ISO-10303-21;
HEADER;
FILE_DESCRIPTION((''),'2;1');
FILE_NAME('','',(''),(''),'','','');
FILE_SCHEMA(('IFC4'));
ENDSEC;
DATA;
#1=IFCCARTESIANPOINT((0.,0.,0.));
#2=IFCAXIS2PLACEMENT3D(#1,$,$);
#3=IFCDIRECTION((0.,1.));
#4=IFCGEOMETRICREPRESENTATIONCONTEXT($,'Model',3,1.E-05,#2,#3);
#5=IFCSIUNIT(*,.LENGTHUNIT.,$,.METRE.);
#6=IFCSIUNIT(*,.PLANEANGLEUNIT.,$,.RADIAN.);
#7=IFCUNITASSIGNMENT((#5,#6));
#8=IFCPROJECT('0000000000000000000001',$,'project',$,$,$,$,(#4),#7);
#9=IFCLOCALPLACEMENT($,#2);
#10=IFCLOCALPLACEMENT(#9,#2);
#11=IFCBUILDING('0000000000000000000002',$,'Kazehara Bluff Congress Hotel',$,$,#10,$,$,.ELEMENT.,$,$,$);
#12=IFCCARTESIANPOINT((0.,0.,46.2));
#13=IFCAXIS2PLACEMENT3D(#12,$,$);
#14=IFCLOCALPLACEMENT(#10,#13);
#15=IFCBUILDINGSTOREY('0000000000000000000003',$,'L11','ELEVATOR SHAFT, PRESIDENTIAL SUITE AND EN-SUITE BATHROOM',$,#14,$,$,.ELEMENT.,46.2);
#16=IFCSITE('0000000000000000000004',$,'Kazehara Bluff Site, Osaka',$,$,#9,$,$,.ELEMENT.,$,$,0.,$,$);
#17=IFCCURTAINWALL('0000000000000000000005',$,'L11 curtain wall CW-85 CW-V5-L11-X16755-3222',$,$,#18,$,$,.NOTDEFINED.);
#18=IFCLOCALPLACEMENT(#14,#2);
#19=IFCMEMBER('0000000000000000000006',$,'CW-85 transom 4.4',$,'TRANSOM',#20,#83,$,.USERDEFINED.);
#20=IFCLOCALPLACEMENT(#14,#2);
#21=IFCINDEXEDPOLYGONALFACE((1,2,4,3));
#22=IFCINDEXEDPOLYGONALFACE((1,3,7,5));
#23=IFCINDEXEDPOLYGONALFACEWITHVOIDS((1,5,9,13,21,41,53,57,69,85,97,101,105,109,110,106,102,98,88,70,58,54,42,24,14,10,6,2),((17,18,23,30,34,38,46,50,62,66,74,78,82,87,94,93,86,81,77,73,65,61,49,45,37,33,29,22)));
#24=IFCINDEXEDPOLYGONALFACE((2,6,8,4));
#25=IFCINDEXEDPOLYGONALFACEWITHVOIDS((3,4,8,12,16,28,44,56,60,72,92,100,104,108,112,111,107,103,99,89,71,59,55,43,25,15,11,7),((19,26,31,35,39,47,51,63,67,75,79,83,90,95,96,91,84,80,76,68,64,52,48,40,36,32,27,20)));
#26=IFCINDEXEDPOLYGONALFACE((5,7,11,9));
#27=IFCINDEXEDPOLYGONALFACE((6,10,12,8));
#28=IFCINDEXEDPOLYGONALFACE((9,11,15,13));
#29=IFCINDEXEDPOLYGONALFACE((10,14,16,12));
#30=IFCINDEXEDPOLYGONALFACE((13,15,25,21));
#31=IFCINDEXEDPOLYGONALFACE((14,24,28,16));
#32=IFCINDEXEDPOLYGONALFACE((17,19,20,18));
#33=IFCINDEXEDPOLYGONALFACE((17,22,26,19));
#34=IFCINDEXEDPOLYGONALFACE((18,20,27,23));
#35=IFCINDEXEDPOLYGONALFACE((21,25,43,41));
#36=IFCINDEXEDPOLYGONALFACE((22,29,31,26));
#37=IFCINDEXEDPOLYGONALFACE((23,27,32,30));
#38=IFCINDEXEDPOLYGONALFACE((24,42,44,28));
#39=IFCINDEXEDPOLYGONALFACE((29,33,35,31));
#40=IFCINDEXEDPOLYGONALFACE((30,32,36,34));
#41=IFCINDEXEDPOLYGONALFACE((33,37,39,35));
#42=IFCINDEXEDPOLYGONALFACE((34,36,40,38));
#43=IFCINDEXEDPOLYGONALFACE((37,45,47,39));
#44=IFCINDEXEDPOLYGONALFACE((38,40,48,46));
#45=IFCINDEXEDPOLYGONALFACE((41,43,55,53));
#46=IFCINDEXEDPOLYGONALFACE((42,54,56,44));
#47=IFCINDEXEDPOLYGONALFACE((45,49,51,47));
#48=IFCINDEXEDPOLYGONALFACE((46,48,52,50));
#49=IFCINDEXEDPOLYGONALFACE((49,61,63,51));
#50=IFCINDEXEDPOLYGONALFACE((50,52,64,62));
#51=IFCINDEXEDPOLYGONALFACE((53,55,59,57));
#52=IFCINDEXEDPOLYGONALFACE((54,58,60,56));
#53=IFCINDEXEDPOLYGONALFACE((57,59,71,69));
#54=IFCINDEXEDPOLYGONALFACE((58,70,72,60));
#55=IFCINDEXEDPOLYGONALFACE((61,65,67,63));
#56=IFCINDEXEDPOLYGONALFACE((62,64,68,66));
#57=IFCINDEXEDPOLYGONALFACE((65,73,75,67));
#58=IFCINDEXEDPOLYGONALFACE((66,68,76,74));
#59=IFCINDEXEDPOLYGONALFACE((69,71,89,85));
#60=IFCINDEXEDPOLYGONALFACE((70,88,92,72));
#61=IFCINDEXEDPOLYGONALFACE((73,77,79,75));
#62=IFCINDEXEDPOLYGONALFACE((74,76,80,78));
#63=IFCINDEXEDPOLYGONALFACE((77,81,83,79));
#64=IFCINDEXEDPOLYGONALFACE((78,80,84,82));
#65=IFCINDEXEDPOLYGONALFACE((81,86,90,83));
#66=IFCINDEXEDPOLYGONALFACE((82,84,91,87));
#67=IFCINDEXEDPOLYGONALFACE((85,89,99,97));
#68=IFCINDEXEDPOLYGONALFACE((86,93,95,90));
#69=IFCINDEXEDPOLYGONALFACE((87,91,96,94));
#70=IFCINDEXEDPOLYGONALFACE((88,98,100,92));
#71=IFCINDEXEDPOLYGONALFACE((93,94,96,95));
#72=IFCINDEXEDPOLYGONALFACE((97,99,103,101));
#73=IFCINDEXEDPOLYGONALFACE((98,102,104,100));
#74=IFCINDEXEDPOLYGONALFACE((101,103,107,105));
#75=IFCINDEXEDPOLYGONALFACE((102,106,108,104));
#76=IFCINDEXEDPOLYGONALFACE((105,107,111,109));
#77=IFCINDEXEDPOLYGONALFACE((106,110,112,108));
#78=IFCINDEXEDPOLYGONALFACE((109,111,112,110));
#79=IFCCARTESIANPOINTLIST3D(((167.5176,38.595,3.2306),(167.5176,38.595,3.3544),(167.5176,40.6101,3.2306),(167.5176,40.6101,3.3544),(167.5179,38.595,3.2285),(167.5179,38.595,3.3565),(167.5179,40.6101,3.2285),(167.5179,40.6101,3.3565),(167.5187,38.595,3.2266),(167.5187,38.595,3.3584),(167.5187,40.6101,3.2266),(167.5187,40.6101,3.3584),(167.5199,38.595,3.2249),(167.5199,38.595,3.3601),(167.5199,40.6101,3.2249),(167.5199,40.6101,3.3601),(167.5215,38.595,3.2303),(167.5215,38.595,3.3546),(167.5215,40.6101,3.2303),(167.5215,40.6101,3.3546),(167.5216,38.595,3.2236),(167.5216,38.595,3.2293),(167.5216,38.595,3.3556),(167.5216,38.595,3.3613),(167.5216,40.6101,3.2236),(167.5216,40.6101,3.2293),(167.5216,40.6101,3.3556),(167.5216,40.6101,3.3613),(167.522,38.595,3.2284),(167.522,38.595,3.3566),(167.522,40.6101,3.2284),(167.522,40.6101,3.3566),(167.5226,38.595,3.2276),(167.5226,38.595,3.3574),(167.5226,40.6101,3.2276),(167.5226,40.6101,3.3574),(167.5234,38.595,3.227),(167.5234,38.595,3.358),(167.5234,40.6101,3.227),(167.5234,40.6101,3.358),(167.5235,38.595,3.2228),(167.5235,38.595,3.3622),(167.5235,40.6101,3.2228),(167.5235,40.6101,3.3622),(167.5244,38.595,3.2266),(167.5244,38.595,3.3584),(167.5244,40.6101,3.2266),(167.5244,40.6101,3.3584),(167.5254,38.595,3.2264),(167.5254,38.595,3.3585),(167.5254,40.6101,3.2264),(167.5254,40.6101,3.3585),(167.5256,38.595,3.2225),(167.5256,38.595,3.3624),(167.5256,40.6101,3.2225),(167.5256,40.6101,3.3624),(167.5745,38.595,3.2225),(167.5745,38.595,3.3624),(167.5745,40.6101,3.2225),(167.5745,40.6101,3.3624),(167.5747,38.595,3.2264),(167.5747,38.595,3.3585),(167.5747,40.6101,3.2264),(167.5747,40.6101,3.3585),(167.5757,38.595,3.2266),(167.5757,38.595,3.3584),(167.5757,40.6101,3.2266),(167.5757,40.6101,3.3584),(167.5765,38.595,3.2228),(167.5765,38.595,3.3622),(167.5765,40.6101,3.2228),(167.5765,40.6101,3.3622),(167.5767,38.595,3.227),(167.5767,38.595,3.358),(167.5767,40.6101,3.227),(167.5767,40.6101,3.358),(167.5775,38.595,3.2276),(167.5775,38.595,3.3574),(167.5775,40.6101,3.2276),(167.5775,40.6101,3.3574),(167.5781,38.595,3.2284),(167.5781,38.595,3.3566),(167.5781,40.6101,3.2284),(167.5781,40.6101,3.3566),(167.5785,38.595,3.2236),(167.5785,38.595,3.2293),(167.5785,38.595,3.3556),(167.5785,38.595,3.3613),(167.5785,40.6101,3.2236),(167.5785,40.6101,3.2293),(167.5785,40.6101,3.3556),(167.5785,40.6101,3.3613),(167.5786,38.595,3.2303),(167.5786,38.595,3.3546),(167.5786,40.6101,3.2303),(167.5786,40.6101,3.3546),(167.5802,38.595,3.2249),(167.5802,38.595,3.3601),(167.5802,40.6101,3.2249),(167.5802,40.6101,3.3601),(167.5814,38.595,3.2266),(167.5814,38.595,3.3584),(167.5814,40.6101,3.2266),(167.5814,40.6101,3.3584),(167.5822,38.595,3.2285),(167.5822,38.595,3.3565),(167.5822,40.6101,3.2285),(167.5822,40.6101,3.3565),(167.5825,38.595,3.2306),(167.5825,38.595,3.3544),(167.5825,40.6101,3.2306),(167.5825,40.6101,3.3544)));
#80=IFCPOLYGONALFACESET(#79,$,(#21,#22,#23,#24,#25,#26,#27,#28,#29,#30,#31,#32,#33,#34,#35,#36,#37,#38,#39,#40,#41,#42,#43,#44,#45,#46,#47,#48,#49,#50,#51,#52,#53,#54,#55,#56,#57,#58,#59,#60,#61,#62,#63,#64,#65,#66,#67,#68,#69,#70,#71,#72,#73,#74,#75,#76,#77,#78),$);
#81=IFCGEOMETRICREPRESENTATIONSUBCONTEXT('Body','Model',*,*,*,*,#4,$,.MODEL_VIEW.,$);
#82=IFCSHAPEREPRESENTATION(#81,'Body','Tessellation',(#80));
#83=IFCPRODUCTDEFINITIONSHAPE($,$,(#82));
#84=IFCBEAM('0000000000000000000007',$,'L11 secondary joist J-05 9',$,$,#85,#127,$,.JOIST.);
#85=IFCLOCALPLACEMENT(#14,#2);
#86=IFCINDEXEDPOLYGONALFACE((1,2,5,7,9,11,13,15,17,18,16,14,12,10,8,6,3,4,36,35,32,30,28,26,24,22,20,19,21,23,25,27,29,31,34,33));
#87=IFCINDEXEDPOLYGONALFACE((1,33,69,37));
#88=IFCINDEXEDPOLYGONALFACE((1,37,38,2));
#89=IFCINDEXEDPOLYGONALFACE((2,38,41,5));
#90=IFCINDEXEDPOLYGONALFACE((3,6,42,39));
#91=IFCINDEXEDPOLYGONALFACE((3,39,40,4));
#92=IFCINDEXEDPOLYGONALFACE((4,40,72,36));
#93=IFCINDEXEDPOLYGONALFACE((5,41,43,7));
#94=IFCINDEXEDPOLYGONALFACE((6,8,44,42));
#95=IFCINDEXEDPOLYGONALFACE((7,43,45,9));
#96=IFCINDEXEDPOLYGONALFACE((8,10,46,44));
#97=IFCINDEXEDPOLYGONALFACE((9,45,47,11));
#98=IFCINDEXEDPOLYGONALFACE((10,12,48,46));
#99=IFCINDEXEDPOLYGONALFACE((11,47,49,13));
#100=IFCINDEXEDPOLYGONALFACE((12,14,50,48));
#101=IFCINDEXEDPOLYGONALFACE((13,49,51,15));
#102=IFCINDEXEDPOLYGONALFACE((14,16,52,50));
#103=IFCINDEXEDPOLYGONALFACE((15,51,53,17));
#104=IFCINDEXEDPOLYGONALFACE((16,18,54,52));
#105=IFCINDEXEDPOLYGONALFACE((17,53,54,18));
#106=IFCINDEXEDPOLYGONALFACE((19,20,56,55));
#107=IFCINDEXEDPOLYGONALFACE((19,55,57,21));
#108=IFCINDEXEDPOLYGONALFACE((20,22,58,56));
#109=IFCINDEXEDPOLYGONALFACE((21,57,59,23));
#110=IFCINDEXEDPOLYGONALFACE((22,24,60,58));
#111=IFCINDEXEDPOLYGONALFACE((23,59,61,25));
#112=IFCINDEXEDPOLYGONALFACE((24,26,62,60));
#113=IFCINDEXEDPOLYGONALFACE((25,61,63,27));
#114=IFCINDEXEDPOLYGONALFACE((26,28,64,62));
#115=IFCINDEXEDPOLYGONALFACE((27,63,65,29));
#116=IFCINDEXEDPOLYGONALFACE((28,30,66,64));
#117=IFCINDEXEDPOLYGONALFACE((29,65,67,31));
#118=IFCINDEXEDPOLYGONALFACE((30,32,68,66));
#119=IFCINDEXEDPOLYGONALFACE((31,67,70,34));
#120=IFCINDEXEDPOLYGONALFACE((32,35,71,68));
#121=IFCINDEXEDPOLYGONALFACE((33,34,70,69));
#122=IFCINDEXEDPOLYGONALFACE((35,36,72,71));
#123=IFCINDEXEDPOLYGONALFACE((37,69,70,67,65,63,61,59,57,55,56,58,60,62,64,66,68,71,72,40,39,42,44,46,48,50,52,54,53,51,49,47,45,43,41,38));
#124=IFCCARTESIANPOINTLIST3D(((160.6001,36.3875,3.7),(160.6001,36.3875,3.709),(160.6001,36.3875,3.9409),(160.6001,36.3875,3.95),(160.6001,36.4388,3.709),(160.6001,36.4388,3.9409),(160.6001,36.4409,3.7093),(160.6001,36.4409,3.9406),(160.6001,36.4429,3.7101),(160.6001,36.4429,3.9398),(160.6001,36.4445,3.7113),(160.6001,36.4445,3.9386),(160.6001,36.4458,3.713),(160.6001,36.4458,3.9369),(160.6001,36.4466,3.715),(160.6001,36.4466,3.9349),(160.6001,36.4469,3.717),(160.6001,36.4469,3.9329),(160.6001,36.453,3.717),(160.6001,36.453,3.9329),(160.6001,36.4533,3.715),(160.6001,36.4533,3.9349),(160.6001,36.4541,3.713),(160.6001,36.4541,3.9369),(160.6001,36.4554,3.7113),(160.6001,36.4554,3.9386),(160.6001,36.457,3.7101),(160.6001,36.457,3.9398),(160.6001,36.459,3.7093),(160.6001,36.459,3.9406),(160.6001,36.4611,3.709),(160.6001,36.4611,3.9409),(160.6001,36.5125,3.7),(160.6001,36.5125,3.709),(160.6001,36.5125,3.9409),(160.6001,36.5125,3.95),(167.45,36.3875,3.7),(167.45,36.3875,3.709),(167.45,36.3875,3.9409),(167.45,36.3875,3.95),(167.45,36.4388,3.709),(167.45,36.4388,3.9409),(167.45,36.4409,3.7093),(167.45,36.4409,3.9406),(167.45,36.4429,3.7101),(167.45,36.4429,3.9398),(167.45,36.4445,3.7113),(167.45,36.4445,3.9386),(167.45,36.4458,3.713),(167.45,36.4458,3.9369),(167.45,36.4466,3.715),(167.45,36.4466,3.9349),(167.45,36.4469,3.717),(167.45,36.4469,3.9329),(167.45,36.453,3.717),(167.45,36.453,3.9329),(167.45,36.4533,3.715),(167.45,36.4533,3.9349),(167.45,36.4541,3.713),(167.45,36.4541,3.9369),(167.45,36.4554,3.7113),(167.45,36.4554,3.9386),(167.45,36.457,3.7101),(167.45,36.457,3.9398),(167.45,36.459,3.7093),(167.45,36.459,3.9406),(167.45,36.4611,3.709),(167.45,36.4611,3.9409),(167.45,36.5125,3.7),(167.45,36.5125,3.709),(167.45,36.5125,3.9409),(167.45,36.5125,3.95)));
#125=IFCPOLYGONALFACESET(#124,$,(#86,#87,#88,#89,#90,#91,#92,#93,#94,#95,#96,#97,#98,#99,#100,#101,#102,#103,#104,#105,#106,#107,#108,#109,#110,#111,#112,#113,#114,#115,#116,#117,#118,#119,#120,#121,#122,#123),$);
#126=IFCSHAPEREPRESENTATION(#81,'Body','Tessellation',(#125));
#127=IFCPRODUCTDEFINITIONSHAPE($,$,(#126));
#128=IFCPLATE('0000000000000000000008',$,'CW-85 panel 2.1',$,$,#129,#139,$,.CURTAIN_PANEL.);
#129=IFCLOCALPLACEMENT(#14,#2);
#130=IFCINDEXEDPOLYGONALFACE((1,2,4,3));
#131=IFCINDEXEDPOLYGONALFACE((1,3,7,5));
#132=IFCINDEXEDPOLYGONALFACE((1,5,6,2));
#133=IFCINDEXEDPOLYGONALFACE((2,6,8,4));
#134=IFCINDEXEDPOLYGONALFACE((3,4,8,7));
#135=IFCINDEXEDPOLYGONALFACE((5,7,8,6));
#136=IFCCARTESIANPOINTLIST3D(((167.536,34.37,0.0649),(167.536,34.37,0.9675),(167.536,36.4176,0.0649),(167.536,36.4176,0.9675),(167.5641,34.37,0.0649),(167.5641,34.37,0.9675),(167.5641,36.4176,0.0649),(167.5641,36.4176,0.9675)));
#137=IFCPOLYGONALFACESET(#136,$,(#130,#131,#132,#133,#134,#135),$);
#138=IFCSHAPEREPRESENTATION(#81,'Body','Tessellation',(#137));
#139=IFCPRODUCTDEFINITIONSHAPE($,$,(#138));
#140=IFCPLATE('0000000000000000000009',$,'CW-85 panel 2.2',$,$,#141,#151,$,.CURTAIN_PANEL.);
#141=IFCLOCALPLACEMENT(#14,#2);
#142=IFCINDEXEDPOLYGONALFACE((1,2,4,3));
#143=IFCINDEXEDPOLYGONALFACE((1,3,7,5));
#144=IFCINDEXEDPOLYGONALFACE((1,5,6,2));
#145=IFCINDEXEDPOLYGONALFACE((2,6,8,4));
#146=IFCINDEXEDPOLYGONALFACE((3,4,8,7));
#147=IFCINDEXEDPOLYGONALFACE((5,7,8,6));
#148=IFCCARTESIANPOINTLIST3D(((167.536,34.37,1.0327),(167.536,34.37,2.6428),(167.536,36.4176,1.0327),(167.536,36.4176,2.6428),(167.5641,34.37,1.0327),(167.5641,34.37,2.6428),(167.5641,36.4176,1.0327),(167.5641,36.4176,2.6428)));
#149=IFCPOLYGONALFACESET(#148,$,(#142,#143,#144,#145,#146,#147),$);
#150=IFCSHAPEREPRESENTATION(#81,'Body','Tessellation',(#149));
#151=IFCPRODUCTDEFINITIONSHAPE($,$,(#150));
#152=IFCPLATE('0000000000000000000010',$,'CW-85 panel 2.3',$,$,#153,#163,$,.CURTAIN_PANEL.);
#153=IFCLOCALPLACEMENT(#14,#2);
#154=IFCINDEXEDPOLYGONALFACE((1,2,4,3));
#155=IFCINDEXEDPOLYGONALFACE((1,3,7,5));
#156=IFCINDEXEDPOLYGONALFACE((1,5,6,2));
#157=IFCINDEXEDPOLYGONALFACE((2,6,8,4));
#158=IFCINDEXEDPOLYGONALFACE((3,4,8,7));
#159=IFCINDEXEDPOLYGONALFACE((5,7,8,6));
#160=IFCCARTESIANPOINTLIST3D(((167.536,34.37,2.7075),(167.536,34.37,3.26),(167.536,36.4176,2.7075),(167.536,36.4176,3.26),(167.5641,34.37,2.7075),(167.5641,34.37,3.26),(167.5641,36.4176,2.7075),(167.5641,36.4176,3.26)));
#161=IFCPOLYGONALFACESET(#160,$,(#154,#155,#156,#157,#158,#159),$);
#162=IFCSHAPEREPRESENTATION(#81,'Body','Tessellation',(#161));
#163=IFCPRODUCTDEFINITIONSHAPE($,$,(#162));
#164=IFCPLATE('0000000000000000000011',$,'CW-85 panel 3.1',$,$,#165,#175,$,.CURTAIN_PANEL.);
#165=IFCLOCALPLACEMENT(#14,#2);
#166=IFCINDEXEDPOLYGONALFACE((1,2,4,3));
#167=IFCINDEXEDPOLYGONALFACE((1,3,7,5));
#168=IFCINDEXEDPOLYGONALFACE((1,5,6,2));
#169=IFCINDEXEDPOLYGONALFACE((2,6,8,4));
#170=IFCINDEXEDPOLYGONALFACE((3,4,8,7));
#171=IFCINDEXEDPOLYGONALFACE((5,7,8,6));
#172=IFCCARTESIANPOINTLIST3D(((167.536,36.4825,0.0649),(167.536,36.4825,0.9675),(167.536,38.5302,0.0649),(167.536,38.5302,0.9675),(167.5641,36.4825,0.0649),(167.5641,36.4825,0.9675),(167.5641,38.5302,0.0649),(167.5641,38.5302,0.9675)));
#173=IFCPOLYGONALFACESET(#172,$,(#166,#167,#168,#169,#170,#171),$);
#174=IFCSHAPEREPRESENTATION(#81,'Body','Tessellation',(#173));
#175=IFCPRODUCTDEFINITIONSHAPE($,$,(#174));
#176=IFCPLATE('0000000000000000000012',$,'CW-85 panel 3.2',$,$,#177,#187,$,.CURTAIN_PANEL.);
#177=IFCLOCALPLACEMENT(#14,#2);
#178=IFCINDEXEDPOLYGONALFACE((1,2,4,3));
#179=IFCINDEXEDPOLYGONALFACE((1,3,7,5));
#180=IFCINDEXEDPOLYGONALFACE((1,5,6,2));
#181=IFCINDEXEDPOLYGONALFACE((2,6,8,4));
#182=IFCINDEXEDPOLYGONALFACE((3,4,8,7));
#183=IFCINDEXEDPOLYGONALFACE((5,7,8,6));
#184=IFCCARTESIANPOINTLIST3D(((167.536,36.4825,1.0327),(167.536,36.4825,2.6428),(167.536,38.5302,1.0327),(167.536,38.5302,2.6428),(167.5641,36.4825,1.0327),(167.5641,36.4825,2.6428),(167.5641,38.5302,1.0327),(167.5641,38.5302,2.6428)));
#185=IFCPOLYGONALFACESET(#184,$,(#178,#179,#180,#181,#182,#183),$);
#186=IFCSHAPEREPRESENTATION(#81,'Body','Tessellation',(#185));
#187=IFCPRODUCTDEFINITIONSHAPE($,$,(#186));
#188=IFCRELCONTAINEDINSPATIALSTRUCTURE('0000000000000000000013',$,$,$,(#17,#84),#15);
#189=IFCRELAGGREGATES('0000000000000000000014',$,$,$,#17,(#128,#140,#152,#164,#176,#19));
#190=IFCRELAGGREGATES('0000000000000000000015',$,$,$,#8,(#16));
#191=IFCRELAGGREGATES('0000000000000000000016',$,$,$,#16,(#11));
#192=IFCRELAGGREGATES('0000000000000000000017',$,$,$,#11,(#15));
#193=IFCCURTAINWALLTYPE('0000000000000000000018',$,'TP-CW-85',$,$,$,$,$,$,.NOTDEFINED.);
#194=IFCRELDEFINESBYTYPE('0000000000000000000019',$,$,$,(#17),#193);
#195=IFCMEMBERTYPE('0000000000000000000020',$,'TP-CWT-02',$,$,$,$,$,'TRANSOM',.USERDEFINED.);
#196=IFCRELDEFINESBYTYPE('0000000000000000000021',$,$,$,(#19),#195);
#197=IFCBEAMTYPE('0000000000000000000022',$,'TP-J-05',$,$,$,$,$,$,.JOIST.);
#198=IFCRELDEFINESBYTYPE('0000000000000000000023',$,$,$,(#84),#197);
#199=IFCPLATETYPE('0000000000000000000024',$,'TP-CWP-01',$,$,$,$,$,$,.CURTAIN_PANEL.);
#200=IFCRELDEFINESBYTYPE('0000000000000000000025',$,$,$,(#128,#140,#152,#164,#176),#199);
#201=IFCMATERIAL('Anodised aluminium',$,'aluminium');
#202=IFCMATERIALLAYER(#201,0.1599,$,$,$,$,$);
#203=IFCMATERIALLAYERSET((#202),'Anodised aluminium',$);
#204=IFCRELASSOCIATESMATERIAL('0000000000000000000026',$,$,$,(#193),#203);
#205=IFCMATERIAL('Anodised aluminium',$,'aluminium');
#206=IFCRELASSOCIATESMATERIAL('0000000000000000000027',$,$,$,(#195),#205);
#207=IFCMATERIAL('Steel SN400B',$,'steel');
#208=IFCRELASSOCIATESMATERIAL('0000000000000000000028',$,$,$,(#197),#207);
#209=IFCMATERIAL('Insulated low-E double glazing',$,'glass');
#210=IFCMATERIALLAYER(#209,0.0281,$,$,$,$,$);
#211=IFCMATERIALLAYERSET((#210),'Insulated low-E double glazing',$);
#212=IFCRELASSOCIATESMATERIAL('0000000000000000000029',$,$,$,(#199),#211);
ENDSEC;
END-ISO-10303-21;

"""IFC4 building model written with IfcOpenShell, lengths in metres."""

from ifc_helpers import new_model, si_unit, direction, frame, origin, origin_2d, place, context, subcontext, project, spatial, rectangle, hollow_rectangle, i_section, extrude, material, layer, layer_set, material_profile, profile_set, type_object, element, aggregate, save


model = new_model("IFC4")

# Units and contexts
model_context = context("Model", 3, precision=1e-05, world=origin(), true_north=direction((0.0, 1.0)))
body_context = subcontext(model_context, "Body", "Model", "MODEL_VIEW")
ifc_project = project(units=[si_unit("LENGTHUNIT", "METRE"), si_unit("PLANEANGLEUNIT", "RADIAN")], contexts=[model_context])

# Site, building, storey
site_placement = place(None, origin())
site = spatial("IfcSite", under=ifc_project, at=site_placement, Name="Kazehara Bluff Site, Osaka", CompositionType="ELEMENT", RefElevation=0.0)
building_placement = place(site_placement, origin())
building = spatial("IfcBuilding", under=site, at=building_placement, Name="Kazehara Bluff Congress Hotel", CompositionType="ELEMENT")
storey_placement = place(building_placement, frame((0.0, 0.0, 46.2)))
storey = spatial("IfcBuildingStorey", under=building, at=storey_placement, Name="L11", Description="ELEVATOR SHAFT, PRESIDENTIAL SUITE AND EN-SUITE BATHROOM", CompositionType="ELEMENT", Elevation=46.2)

# Curtain wall, member
ifc_material_1 = material(Name="Anodised aluminium", Category="aluminium")
ifc_layer_1 = layer(ifc_material_1, 0.1599)
ifc_layer_set_1 = layer_set([ifc_layer_1], Name="Anodised aluminium")
curtain_wall_type = type_object("IfcCurtainWallType", Name="TP-CW-85", PredefinedType="NOTDEFINED", material=ifc_layer_set_1)
curtain_wall_placement = place(storey_placement, origin())
curtain_wall = element("IfcCurtainWall", 1, at=curtain_wall_placement, inside=storey, type_object=curtain_wall_type, Name="L11 curtain wall CW-85 CW-V5-L11-X16755-3222", PredefinedType="NOTDEFINED")
ifc_material_2 = material(Name="Anodised aluminium", Category="aluminium")
ifc_material_profile_1 = material_profile(ifc_material_2, hollow_rectangle(XDim=0.0649, YDim=0.1399, WallThickness=0.0039, InnerFilletRadius=0.0039, OuterFilletRadius=0.0081, at=origin_2d()))
ifc_profile_set_1 = profile_set([ifc_material_profile_1], Name="Anodised aluminium")
member_type_1 = type_object("IfcMemberType", Name="TP-CWT-02", ElementType="TRANSOM", PredefinedType="USERDEFINED", material=ifc_profile_set_1)
member_1_placement = place(storey_placement, frame((167.55, 38.595, 3.2925), z_axis=(0.0, 1.0, 0.0), x_axis=(-1.0, 0.0, 0.0)))
member_1 = element("IfcMember", 2, at=member_1_placement, type_object=member_type_1, Name="CW-85 transom 4.4", ObjectType="TRANSOM", PredefinedType="USERDEFINED", context=body_context, shape_type="SweptSolid", body=[
    extrude(hollow_rectangle(XDim=0.0649, YDim=0.1399, WallThickness=0.0039, InnerFilletRadius=0.0039, OuterFilletRadius=0.0081, at=origin_2d()), origin(), (0.0, 0.0, 1.0), 2.0151),
])

# Beam
ifc_material_3 = material(Name="Steel SN400B", Category="steel")
ifc_material_profile_2 = material_profile(ifc_material_3, i_section(OverallWidth=0.125, OverallDepth=0.25, WebThickness=0.0061, FlangeThickness=0.009, FilletRadius=0.0081, at=origin_2d()))
ifc_profile_set_2 = profile_set([ifc_material_profile_2], Name="Steel SN400B")
beam_type = type_object("IfcBeamType", Name="TP-J-05", PredefinedType="JOIST", material=ifc_profile_set_2)
beam_placement = place(storey_placement, frame((160.6001, 36.45, 3.825), z_axis=(1.0, 0.0, 0.0), x_axis=(0.0, 1.0, 0.0)))
element("IfcBeam", 3, at=beam_placement, inside=storey, type_object=beam_type, Name="L11 secondary joist J-05 9", PredefinedType="JOIST", context=body_context, shape_type="SweptSolid", body=[
    extrude(i_section(OverallWidth=0.125, OverallDepth=0.25, WebThickness=0.0061, FlangeThickness=0.009, FilletRadius=0.0081, at=origin_2d()), origin(), (0.0, 0.0, 1.0), 6.8499),
])

# Plates
ifc_material_4 = material(Name="Insulated low-E double glazing", Category="glass")
ifc_layer_2 = layer(ifc_material_4, 0.0281)
ifc_layer_set_2 = layer_set([ifc_layer_2], Name="Insulated low-E double glazing")
plate_type = type_object("IfcPlateType", Name="TP-CWP-01", PredefinedType="CURTAIN_PANEL", material=ifc_layer_set_2)
plate_1_placement = place(storey_placement, frame((167.55, 35.3938, 0.0649), z_axis=(0.0, 0.0, 1.0), x_axis=(0.0, 1.0, 0.0)))
plate_1 = element("IfcPlate", 4, at=plate_1_placement, type_object=plate_type, Name="CW-85 panel 2.1", PredefinedType="CURTAIN_PANEL", context=body_context, shape_type="SweptSolid", body=[
    extrude(rectangle(XDim=2.0476, YDim=0.0281, at=origin_2d()), origin(), (0.0, 0.0, 1.0), 0.9026),
])
plate_2_placement = place(storey_placement, frame((167.55, 35.3938, 1.0327), z_axis=(0.0, 0.0, 1.0), x_axis=(0.0, 1.0, 0.0)))
plate_2 = element("IfcPlate", 5, at=plate_2_placement, type_object=plate_type, Name="CW-85 panel 2.2", PredefinedType="CURTAIN_PANEL", context=body_context, shape_type="SweptSolid", body=[
    extrude(rectangle(XDim=2.0476, YDim=0.0281, at=origin_2d()), origin(), (0.0, 0.0, 1.0), 1.6101),
])
plate_3_placement = place(storey_placement, frame((167.55, 35.3938, 2.7075), z_axis=(0.0, 0.0, 1.0), x_axis=(0.0, 1.0, 0.0)))
plate_3 = element("IfcPlate", 6, at=plate_3_placement, type_object=plate_type, Name="CW-85 panel 2.3", PredefinedType="CURTAIN_PANEL", context=body_context, shape_type="SweptSolid", body=[
    extrude(rectangle(XDim=2.0476, YDim=0.0281, at=origin_2d()), origin(), (0.0, 0.0, 1.0), 0.5525),
])
plate_4_placement = place(storey_placement, frame((167.55, 37.5063, 0.0649), z_axis=(0.0, 0.0, 1.0), x_axis=(0.0, 1.0, 0.0)))
plate_4 = element("IfcPlate", 7, at=plate_4_placement, type_object=plate_type, Name="CW-85 panel 3.1", PredefinedType="CURTAIN_PANEL", context=body_context, shape_type="SweptSolid", body=[
    extrude(rectangle(XDim=2.0476, YDim=0.0281, at=origin_2d()), origin(), (0.0, 0.0, 1.0), 0.9026),
])
plate_5_placement = place(storey_placement, frame((167.55, 37.5063, 1.0327), z_axis=(0.0, 0.0, 1.0), x_axis=(0.0, 1.0, 0.0)))
plate_5 = element("IfcPlate", 8, at=plate_5_placement, type_object=plate_type, Name="CW-85 panel 3.2", PredefinedType="CURTAIN_PANEL", context=body_context, shape_type="SweptSolid", body=[
    extrude(rectangle(XDim=2.0476, YDim=0.0281, at=origin_2d()), origin(), (0.0, 0.0, 1.0), 1.6101),
])
aggregate(curtain_wall, [plate_1, plate_2, plate_3, plate_4, plate_5, member_1])

save(model, "model.ifc")
